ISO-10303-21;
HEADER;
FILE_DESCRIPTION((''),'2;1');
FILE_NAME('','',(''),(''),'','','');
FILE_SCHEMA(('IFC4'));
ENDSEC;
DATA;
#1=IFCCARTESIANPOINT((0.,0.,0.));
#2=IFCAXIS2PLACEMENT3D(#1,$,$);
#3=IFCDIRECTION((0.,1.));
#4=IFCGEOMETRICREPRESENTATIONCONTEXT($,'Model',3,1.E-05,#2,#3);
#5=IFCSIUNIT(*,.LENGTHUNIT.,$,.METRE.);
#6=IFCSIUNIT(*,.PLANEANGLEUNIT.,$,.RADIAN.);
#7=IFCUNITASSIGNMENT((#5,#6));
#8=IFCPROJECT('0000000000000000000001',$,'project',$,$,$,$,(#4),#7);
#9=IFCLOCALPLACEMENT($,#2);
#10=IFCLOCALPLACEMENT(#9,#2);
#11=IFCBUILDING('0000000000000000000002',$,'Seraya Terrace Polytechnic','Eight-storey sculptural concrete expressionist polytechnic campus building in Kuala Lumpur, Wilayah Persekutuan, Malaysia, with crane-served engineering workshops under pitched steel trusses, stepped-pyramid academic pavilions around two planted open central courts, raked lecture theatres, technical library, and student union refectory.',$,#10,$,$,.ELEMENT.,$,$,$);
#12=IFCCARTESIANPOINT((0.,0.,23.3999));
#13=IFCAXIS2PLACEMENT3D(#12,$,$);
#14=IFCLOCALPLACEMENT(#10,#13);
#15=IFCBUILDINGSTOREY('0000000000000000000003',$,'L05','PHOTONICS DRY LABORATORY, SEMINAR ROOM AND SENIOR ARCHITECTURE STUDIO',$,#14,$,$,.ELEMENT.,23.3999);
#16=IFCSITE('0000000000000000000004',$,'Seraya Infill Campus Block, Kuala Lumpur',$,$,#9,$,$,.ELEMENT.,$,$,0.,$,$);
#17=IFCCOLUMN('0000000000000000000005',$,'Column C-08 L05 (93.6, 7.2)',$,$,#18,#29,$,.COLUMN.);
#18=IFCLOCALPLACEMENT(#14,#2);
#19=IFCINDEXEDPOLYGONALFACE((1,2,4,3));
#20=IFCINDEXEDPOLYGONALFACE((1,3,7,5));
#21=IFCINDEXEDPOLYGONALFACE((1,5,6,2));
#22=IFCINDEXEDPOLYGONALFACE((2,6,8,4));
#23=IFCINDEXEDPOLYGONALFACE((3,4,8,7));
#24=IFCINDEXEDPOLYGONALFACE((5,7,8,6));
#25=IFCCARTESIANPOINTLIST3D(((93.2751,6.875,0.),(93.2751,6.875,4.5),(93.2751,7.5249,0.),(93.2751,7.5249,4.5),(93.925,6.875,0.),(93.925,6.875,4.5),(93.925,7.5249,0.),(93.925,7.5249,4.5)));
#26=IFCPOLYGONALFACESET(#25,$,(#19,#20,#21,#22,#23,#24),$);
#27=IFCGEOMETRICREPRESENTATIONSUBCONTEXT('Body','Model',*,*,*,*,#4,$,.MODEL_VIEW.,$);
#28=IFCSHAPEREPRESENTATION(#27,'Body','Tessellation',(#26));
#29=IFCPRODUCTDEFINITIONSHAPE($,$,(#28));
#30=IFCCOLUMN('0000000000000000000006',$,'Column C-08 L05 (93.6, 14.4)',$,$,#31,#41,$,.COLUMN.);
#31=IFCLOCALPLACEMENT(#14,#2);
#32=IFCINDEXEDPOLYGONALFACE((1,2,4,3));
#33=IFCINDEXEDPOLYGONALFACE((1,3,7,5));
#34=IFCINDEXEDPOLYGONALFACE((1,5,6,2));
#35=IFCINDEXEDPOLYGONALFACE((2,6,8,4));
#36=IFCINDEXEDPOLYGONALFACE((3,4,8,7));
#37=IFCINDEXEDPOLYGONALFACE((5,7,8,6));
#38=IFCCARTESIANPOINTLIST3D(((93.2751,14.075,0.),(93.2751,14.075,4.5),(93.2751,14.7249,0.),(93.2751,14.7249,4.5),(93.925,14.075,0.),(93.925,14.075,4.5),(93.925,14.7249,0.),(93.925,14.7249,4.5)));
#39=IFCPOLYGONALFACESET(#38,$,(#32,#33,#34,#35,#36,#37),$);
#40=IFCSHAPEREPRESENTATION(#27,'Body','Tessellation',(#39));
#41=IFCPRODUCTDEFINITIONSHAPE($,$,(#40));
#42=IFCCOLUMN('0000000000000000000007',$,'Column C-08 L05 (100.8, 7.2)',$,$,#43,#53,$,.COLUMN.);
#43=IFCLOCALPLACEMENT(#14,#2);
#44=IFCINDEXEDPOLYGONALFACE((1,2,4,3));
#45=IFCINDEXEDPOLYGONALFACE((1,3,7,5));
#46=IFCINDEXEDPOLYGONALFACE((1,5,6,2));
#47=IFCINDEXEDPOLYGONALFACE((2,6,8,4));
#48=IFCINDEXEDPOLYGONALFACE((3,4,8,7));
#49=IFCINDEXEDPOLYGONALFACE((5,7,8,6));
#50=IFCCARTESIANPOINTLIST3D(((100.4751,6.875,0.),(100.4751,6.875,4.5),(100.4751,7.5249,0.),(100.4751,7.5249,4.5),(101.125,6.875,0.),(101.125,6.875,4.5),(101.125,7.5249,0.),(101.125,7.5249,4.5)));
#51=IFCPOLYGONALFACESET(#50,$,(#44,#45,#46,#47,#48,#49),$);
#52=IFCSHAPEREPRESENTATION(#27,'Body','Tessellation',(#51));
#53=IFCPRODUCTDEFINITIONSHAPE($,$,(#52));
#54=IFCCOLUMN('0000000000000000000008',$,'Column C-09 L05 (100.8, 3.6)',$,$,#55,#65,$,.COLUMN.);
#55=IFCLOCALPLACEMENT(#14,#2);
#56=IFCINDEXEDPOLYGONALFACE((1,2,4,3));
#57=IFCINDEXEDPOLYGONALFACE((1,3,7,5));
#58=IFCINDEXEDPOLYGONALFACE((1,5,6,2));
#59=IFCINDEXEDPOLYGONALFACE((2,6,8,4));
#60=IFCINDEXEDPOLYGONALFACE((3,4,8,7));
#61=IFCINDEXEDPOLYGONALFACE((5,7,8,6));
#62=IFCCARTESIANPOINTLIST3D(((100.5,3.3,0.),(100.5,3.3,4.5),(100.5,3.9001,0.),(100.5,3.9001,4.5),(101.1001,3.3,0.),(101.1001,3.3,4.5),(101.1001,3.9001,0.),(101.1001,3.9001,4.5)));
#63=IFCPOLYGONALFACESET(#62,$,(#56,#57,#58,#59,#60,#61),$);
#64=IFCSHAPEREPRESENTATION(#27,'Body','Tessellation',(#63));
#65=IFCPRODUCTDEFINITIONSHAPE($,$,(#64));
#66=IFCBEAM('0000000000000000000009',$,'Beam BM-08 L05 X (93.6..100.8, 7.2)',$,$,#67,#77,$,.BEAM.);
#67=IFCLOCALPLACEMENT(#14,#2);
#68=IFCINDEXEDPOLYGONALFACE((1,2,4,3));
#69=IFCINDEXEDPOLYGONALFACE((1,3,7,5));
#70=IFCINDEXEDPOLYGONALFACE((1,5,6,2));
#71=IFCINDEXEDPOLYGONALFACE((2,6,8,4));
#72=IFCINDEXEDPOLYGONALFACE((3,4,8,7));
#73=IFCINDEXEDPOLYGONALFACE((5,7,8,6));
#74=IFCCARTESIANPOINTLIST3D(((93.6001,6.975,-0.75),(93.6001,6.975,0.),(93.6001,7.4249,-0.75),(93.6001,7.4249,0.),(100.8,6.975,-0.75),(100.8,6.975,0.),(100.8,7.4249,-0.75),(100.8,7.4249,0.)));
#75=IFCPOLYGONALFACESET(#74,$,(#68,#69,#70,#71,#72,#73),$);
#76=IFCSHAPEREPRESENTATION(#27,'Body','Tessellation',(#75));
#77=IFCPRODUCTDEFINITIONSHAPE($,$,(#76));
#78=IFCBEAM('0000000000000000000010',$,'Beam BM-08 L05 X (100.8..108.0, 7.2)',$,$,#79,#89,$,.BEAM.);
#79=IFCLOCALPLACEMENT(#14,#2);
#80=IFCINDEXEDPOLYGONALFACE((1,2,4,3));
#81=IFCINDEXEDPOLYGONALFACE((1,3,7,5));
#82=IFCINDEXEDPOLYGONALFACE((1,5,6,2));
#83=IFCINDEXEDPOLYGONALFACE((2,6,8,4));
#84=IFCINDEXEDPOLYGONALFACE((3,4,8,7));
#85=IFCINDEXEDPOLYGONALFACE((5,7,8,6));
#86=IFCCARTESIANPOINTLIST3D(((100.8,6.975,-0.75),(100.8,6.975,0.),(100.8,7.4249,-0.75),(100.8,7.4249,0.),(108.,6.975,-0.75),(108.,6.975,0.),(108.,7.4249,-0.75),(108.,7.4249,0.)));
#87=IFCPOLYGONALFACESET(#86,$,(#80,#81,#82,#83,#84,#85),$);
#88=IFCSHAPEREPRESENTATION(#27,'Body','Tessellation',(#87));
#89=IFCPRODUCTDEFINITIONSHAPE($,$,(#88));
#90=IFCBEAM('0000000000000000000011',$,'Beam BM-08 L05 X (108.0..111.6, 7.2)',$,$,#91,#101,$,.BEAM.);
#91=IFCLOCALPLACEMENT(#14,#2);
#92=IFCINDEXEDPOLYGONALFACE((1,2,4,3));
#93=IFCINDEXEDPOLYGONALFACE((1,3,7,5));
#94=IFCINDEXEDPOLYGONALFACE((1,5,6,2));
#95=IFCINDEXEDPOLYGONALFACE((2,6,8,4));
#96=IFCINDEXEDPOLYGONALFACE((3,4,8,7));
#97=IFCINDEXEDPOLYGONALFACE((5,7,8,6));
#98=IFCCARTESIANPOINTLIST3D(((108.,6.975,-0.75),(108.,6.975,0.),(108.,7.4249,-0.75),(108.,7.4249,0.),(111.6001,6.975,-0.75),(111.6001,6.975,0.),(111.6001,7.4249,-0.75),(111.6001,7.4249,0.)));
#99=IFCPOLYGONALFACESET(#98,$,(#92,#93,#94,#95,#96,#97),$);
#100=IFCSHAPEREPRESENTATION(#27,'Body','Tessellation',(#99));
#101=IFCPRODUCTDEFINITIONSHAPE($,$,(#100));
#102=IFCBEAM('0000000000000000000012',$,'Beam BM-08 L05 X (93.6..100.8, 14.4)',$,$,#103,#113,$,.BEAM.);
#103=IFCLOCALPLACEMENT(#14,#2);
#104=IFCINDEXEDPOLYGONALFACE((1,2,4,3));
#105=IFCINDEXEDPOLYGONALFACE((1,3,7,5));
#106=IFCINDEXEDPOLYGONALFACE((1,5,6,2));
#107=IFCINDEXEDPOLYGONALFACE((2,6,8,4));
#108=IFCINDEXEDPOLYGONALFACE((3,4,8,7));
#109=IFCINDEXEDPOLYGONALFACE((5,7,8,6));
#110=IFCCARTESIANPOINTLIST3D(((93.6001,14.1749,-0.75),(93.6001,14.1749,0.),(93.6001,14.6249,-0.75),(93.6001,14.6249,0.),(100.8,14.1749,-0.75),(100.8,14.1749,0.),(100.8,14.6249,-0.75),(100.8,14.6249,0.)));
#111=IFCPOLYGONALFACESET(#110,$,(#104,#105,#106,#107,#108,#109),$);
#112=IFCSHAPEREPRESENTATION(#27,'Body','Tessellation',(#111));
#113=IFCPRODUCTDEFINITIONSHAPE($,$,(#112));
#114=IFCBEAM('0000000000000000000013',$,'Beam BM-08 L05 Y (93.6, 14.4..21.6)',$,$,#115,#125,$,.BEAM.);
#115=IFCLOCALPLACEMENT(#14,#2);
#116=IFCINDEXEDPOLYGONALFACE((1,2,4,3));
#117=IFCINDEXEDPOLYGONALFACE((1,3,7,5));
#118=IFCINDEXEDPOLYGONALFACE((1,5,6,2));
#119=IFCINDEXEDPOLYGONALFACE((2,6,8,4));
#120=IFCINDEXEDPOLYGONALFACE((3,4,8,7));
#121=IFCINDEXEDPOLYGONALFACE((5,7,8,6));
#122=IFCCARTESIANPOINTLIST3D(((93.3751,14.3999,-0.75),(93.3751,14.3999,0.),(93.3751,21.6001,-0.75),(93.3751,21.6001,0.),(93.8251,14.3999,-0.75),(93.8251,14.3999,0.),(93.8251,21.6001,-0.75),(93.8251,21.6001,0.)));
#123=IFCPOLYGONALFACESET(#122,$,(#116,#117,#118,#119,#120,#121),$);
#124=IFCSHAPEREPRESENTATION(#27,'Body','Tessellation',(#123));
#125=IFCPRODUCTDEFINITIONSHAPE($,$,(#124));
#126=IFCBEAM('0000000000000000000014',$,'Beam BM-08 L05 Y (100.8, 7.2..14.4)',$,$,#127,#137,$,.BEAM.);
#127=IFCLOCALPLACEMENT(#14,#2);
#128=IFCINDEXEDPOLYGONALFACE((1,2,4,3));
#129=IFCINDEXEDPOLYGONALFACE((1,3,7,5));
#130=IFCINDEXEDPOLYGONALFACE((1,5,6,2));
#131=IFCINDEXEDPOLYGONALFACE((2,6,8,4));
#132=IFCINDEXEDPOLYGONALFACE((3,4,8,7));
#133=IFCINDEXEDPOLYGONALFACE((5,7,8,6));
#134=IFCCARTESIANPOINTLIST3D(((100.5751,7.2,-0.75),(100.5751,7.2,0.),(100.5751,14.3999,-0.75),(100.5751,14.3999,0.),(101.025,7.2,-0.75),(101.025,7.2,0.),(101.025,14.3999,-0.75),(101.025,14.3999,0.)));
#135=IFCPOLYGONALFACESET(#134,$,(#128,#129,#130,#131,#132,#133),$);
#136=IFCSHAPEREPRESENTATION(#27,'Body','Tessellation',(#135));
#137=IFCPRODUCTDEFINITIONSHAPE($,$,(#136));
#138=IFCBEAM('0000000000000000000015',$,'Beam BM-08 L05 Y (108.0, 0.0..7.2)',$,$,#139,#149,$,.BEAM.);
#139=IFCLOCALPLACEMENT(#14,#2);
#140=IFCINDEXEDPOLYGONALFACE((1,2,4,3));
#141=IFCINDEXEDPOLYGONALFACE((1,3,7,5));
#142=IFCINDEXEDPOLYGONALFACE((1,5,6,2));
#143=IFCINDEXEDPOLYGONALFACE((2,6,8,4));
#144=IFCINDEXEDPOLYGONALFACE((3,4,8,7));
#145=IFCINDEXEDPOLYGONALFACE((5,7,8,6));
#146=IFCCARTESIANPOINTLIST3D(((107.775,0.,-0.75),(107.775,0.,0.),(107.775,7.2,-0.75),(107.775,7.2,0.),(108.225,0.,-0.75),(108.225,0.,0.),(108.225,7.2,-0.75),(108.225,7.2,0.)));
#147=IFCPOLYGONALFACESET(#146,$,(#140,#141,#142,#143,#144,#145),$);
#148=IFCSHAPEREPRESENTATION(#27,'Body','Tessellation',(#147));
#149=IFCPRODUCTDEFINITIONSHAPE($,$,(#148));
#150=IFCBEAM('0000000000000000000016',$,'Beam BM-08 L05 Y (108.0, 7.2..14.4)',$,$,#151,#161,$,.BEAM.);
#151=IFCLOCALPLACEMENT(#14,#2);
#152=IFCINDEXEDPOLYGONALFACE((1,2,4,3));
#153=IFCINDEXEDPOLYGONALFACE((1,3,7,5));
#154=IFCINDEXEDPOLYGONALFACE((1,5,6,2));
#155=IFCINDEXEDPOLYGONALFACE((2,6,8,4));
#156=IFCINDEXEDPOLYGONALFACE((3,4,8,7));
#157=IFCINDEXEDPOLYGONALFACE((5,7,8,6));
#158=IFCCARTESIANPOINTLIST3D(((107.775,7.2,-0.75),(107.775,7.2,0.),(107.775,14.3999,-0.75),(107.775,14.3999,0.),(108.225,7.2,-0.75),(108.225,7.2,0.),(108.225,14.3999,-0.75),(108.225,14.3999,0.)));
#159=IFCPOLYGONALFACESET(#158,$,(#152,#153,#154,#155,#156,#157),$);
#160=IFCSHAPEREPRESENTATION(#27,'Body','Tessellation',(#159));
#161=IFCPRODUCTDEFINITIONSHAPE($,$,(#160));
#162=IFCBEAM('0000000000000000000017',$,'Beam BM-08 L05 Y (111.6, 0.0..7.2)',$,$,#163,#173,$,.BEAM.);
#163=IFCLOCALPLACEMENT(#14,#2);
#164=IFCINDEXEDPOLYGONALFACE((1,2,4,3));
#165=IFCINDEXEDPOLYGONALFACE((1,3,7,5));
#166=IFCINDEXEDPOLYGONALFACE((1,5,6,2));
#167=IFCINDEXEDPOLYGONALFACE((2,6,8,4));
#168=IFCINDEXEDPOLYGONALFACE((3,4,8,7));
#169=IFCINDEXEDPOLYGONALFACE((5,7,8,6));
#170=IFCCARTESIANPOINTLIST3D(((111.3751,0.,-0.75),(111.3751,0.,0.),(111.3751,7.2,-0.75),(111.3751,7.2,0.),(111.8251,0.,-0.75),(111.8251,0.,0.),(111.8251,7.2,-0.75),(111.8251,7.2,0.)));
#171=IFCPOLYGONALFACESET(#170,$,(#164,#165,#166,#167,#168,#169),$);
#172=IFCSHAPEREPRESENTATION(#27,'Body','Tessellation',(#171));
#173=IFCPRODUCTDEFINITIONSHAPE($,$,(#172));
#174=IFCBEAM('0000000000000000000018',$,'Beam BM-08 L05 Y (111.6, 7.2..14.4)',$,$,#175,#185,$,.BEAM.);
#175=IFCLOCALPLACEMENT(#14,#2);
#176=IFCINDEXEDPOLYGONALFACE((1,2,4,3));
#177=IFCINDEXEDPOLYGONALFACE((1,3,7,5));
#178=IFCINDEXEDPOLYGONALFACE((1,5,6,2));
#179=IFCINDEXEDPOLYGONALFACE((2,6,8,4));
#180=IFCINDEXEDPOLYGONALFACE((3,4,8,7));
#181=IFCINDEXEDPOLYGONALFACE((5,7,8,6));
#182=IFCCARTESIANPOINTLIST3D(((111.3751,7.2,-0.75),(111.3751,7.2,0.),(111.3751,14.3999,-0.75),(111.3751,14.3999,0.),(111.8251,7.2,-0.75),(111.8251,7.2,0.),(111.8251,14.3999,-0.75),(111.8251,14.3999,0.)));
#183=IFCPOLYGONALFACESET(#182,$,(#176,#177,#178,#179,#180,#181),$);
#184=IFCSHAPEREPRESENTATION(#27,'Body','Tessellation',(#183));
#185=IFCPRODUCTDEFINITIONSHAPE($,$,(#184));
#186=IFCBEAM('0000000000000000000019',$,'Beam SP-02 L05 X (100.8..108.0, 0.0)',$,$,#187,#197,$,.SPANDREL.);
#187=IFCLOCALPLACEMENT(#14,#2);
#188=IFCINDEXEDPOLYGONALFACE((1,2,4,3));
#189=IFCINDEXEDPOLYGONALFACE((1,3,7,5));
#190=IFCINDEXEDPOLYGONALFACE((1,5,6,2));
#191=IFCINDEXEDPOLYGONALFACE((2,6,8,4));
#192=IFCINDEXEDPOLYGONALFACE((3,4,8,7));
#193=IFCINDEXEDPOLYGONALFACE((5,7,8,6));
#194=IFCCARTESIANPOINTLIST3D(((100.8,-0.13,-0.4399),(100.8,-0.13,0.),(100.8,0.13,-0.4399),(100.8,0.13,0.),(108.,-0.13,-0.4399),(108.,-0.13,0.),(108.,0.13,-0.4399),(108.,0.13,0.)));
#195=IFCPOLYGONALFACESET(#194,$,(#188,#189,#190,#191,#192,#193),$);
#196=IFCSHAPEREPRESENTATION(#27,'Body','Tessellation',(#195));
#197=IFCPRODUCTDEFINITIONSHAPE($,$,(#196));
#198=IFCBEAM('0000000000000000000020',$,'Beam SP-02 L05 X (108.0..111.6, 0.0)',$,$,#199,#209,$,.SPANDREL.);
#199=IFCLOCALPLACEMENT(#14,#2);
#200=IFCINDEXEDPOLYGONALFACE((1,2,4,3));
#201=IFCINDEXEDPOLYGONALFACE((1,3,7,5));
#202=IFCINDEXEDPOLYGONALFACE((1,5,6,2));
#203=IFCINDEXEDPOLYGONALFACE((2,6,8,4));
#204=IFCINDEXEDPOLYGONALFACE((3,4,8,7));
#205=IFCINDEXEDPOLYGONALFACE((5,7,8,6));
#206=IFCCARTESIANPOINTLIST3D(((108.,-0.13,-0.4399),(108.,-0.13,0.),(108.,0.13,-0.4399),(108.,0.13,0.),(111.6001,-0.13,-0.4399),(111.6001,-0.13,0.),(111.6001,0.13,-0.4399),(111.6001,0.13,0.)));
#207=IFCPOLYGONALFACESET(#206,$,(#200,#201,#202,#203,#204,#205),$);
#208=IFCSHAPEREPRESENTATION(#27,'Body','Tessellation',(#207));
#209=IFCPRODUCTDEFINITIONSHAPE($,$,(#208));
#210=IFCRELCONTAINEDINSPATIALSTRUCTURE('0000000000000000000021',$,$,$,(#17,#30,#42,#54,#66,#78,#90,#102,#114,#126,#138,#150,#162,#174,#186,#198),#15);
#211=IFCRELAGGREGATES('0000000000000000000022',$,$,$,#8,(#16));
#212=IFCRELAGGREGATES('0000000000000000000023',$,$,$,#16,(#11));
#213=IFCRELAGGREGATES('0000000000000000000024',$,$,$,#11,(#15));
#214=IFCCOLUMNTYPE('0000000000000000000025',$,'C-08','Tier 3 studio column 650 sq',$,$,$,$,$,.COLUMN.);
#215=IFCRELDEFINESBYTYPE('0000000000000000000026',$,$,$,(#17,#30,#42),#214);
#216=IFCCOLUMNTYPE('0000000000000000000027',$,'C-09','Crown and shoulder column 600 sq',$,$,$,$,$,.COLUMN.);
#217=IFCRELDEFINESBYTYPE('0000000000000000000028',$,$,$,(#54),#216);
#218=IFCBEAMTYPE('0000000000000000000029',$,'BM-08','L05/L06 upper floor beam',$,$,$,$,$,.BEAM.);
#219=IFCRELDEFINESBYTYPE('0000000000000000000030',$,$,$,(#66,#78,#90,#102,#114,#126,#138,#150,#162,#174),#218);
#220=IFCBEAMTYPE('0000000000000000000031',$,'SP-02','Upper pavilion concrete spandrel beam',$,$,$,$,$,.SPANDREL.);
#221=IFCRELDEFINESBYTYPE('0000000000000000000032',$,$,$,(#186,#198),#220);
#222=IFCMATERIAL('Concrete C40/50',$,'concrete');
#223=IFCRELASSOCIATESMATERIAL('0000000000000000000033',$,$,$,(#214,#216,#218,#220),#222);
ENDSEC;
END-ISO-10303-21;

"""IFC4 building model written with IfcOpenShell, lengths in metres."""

from ifc_helpers import new_model, si_unit, direction, frame, origin, origin_2d, place, context, subcontext, project, spatial, rectangle, extrude, material, material_profile, profile_set, type_object, element, save


model = new_model("IFC4")

# Units and contexts
model_context = context("Model", 3, precision=1e-05, world=origin(), true_north=direction((0.0, 1.0)))
body_context = subcontext(model_context, "Body", "Model", "MODEL_VIEW")
ifc_project = project(units=[si_unit("LENGTHUNIT", "METRE"), si_unit("PLANEANGLEUNIT", "RADIAN")], contexts=[model_context])

# Site, building, storey
site_placement = place(None, origin())
site = spatial("IfcSite", under=ifc_project, at=site_placement, Name="Seraya Infill Campus Block, Kuala Lumpur", CompositionType="ELEMENT", RefElevation=0.0)
building_placement = place(site_placement, origin())
building = spatial("IfcBuilding", under=site, at=building_placement, Name="Seraya Terrace Polytechnic", Description="Eight-storey sculptural concrete expressionist polytechnic campus building in Kuala Lumpur, Wilayah Persekutuan, Malaysia, with crane-served engineering workshops under pitched steel trusses, stepped-pyramid academic pavilions around two planted open central courts, raked lecture theatres, technical library, and student union refectory.", CompositionType="ELEMENT")
storey_placement = place(building_placement, frame((0.0, 0.0, 23.3999)))
storey = spatial("IfcBuildingStorey", under=building, at=storey_placement, Name="L05", Description="PHOTONICS DRY LABORATORY, SEMINAR ROOM AND SENIOR ARCHITECTURE STUDIO", CompositionType="ELEMENT", Elevation=23.3999)

# Columns
ifc_material_1 = material(Name="Concrete C40/50", Category="concrete")
ifc_material_profile_1 = material_profile(ifc_material_1, rectangle(XDim=0.6499, YDim=0.6499, at=origin_2d()), Name="RC 650x650")
ifc_profile_set_1 = profile_set([ifc_material_profile_1], Name="Concrete C40/50")
column_type_1 = type_object("IfcColumnType", Name="C-08", Description="Tier 3 studio column 650 sq", PredefinedType="COLUMN", material=ifc_profile_set_1)
for number, where, z_axis, x_axis, name in (
    (1, (93.6001, 7.2, 0.0), (0.0, 0.0, 1.0), (1.0, 0.0, 0.0), "Column C-08 L05 (93.6, 7.2)"),
    (2, (93.6001, 14.3999, 0.0), (0.0, 0.0, 1.0), (1.0, 0.0, 0.0), "Column C-08 L05 (93.6, 14.4)"),
    (3, (100.8, 7.2, 0.0), (0.0, 0.0, 1.0), (1.0, 0.0, 0.0), "Column C-08 L05 (100.8, 7.2)"),
):
    element("IfcColumn", number, at=place(storey_placement, frame(where, z_axis=z_axis, x_axis=x_axis)), inside=storey, type_object=column_type_1, Name=name, PredefinedType="COLUMN", context=body_context, shape_type="SweptSolid", body=[
        extrude(rectangle(XDim=0.6499, YDim=0.6499, at=origin_2d()), origin(), (0.0, 0.0, 1.0), 4.5),
    ])
ifc_material_profile_2 = material_profile(ifc_material_1, rectangle(XDim=0.6001, YDim=0.6001, at=origin_2d()), Name="RC 600x600")
ifc_profile_set_2 = profile_set([ifc_material_profile_2], Name="Concrete C40/50")
column_type_2 = type_object("IfcColumnType", Name="C-09", Description="Crown and shoulder column 600 sq", PredefinedType="COLUMN", material=ifc_profile_set_2)
column_placement = place(storey_placement, frame((100.8, 3.6001, 0.0), z_axis=(0.0, 0.0, 1.0), x_axis=(1.0, 0.0, 0.0)))
element("IfcColumn", 4, at=column_placement, inside=storey, type_object=column_type_2, Name="Column C-09 L05 (100.8, 3.6)", PredefinedType="COLUMN", context=body_context, shape_type="SweptSolid", body=[
    extrude(rectangle(XDim=0.6001, YDim=0.6001, at=origin_2d()), origin(), (0.0, 0.0, 1.0), 4.5),
])

# Beams
ifc_material_profile_3 = material_profile(ifc_material_1, rectangle(XDim=0.45, YDim=0.75, at=origin_2d()), Name="RC 450x750")
ifc_profile_set_3 = profile_set([ifc_material_profile_3], Name="Concrete C40/50")
beam_type_1 = type_object("IfcBeamType", Name="BM-08", Description="L05/L06 upper floor beam", PredefinedType="BEAM", material=ifc_profile_set_3)
for number, where, z_axis, x_axis, name in (
    (5, (93.6001, 7.2, -0.375), (1.0, 0.0, 0.0), (0.0, 1.0, 0.0), "Beam BM-08 L05 X (93.6..100.8, 7.2)"),
    (6, (100.8, 7.2, -0.375), (1.0, 0.0, 0.0), (0.0, 1.0, 0.0), "Beam BM-08 L05 X (100.8..108.0, 7.2)"),
):
    element("IfcBeam", number, at=place(storey_placement, frame(where, z_axis=z_axis, x_axis=x_axis)), inside=storey, type_object=beam_type_1, Name=name, PredefinedType="BEAM", context=body_context, shape_type="SweptSolid", body=[
        extrude(rectangle(XDim=0.45, YDim=0.75, at=origin_2d()), origin(), (0.0, 0.0, 1.0), 7.2),
    ])
beam_1_placement = place(storey_placement, frame((108.0, 7.2, -0.375), z_axis=(1.0, 0.0, 0.0), x_axis=(0.0, 1.0, 0.0)))
element("IfcBeam", 7, at=beam_1_placement, inside=storey, type_object=beam_type_1, Name="Beam BM-08 L05 X (108.0..111.6, 7.2)", PredefinedType="BEAM", context=body_context, shape_type="SweptSolid", body=[
    extrude(rectangle(XDim=0.45, YDim=0.75, at=origin_2d()), origin(), (0.0, 0.0, 1.0), 3.6001),
])
beam_2_placement = place(storey_placement, frame((93.6001, 14.3999, -0.375), z_axis=(1.0, 0.0, 0.0), x_axis=(0.0, 1.0, 0.0)))
element("IfcBeam", 8, at=beam_2_placement, inside=storey, type_object=beam_type_1, Name="Beam BM-08 L05 X (93.6..100.8, 14.4)", PredefinedType="BEAM", context=body_context, shape_type="SweptSolid", body=[
    extrude(rectangle(XDim=0.45, YDim=0.75, at=origin_2d()), origin(), (0.0, 0.0, 1.0), 7.2),
])
beam_3_placement = place(storey_placement, frame((93.6001, 14.3999, -0.375), z_axis=(0.0, 1.0, 0.0), x_axis=(-1.0, 0.0, 0.0)))
element("IfcBeam", 9, at=beam_3_placement, inside=storey, type_object=beam_type_1, Name="Beam BM-08 L05 Y (93.6, 14.4..21.6)", PredefinedType="BEAM", context=body_context, shape_type="SweptSolid", body=[
    extrude(rectangle(XDim=0.45, YDim=0.75, at=origin_2d()), origin(), (0.0, 0.0, 1.0), 7.2002),
])
for number, where, z_axis, x_axis, name in (
    (10, (100.8, 7.2, -0.375), (0.0, 1.0, 0.0), (-1.0, 0.0, 0.0), "Beam BM-08 L05 Y (100.8, 7.2..14.4)"),
    (11, (108.0, 0.0, -0.375), (0.0, 1.0, 0.0), (-1.0, 0.0, 0.0), "Beam BM-08 L05 Y (108.0, 0.0..7.2)"),
    (12, (108.0, 7.2, -0.375), (0.0, 1.0, 0.0), (-1.0, 0.0, 0.0), "Beam BM-08 L05 Y (108.0, 7.2..14.4)"),
    (13, (111.6001, 0.0, -0.375), (0.0, 1.0, 0.0), (-1.0, 0.0, 0.0), "Beam BM-08 L05 Y (111.6, 0.0..7.2)"),
    (14, (111.6001, 7.2, -0.375), (0.0, 1.0, 0.0), (-1.0, 0.0, 0.0), "Beam BM-08 L05 Y (111.6, 7.2..14.4)"),
):
    element("IfcBeam", number, at=place(storey_placement, frame(where, z_axis=z_axis, x_axis=x_axis)), inside=storey, type_object=beam_type_1, Name=name, PredefinedType="BEAM", context=body_context, shape_type="SweptSolid", body=[
        extrude(rectangle(XDim=0.45, YDim=0.75, at=origin_2d()), origin(), (0.0, 0.0, 1.0), 7.2),
    ])
ifc_material_profile_4 = material_profile(ifc_material_1, rectangle(XDim=0.26, YDim=0.4399, at=origin_2d()), Name="RC 260x440")
ifc_profile_set_4 = profile_set([ifc_material_profile_4], Name="Concrete C40/50")
beam_type_2 = type_object("IfcBeamType", Name="SP-02", Description="Upper pavilion concrete spandrel beam", PredefinedType="SPANDREL", material=ifc_profile_set_4)
beam_4_placement = place(storey_placement, frame((100.8, 0.0, -0.22), z_axis=(1.0, 0.0, 0.0), x_axis=(0.0, 1.0, 0.0)))
element("IfcBeam", 15, at=beam_4_placement, inside=storey, type_object=beam_type_2, Name="Beam SP-02 L05 X (100.8..108.0, 0.0)", PredefinedType="SPANDREL", context=body_context, shape_type="SweptSolid", body=[
    extrude(rectangle(XDim=0.26, YDim=0.4399, at=origin_2d()), origin(), (0.0, 0.0, 1.0), 7.2),
])
beam_5_placement = place(storey_placement, frame((108.0, 0.0, -0.22), z_axis=(1.0, 0.0, 0.0), x_axis=(0.0, 1.0, 0.0)))
element("IfcBeam", 16, at=beam_5_placement, inside=storey, type_object=beam_type_2, Name="Beam SP-02 L05 X (108.0..111.6, 0.0)", PredefinedType="SPANDREL", context=body_context, shape_type="SweptSolid", body=[
    extrude(rectangle(XDim=0.26, YDim=0.4399, at=origin_2d()), origin(), (0.0, 0.0, 1.0), 3.6001),
])

save(model, "model.ifc")
